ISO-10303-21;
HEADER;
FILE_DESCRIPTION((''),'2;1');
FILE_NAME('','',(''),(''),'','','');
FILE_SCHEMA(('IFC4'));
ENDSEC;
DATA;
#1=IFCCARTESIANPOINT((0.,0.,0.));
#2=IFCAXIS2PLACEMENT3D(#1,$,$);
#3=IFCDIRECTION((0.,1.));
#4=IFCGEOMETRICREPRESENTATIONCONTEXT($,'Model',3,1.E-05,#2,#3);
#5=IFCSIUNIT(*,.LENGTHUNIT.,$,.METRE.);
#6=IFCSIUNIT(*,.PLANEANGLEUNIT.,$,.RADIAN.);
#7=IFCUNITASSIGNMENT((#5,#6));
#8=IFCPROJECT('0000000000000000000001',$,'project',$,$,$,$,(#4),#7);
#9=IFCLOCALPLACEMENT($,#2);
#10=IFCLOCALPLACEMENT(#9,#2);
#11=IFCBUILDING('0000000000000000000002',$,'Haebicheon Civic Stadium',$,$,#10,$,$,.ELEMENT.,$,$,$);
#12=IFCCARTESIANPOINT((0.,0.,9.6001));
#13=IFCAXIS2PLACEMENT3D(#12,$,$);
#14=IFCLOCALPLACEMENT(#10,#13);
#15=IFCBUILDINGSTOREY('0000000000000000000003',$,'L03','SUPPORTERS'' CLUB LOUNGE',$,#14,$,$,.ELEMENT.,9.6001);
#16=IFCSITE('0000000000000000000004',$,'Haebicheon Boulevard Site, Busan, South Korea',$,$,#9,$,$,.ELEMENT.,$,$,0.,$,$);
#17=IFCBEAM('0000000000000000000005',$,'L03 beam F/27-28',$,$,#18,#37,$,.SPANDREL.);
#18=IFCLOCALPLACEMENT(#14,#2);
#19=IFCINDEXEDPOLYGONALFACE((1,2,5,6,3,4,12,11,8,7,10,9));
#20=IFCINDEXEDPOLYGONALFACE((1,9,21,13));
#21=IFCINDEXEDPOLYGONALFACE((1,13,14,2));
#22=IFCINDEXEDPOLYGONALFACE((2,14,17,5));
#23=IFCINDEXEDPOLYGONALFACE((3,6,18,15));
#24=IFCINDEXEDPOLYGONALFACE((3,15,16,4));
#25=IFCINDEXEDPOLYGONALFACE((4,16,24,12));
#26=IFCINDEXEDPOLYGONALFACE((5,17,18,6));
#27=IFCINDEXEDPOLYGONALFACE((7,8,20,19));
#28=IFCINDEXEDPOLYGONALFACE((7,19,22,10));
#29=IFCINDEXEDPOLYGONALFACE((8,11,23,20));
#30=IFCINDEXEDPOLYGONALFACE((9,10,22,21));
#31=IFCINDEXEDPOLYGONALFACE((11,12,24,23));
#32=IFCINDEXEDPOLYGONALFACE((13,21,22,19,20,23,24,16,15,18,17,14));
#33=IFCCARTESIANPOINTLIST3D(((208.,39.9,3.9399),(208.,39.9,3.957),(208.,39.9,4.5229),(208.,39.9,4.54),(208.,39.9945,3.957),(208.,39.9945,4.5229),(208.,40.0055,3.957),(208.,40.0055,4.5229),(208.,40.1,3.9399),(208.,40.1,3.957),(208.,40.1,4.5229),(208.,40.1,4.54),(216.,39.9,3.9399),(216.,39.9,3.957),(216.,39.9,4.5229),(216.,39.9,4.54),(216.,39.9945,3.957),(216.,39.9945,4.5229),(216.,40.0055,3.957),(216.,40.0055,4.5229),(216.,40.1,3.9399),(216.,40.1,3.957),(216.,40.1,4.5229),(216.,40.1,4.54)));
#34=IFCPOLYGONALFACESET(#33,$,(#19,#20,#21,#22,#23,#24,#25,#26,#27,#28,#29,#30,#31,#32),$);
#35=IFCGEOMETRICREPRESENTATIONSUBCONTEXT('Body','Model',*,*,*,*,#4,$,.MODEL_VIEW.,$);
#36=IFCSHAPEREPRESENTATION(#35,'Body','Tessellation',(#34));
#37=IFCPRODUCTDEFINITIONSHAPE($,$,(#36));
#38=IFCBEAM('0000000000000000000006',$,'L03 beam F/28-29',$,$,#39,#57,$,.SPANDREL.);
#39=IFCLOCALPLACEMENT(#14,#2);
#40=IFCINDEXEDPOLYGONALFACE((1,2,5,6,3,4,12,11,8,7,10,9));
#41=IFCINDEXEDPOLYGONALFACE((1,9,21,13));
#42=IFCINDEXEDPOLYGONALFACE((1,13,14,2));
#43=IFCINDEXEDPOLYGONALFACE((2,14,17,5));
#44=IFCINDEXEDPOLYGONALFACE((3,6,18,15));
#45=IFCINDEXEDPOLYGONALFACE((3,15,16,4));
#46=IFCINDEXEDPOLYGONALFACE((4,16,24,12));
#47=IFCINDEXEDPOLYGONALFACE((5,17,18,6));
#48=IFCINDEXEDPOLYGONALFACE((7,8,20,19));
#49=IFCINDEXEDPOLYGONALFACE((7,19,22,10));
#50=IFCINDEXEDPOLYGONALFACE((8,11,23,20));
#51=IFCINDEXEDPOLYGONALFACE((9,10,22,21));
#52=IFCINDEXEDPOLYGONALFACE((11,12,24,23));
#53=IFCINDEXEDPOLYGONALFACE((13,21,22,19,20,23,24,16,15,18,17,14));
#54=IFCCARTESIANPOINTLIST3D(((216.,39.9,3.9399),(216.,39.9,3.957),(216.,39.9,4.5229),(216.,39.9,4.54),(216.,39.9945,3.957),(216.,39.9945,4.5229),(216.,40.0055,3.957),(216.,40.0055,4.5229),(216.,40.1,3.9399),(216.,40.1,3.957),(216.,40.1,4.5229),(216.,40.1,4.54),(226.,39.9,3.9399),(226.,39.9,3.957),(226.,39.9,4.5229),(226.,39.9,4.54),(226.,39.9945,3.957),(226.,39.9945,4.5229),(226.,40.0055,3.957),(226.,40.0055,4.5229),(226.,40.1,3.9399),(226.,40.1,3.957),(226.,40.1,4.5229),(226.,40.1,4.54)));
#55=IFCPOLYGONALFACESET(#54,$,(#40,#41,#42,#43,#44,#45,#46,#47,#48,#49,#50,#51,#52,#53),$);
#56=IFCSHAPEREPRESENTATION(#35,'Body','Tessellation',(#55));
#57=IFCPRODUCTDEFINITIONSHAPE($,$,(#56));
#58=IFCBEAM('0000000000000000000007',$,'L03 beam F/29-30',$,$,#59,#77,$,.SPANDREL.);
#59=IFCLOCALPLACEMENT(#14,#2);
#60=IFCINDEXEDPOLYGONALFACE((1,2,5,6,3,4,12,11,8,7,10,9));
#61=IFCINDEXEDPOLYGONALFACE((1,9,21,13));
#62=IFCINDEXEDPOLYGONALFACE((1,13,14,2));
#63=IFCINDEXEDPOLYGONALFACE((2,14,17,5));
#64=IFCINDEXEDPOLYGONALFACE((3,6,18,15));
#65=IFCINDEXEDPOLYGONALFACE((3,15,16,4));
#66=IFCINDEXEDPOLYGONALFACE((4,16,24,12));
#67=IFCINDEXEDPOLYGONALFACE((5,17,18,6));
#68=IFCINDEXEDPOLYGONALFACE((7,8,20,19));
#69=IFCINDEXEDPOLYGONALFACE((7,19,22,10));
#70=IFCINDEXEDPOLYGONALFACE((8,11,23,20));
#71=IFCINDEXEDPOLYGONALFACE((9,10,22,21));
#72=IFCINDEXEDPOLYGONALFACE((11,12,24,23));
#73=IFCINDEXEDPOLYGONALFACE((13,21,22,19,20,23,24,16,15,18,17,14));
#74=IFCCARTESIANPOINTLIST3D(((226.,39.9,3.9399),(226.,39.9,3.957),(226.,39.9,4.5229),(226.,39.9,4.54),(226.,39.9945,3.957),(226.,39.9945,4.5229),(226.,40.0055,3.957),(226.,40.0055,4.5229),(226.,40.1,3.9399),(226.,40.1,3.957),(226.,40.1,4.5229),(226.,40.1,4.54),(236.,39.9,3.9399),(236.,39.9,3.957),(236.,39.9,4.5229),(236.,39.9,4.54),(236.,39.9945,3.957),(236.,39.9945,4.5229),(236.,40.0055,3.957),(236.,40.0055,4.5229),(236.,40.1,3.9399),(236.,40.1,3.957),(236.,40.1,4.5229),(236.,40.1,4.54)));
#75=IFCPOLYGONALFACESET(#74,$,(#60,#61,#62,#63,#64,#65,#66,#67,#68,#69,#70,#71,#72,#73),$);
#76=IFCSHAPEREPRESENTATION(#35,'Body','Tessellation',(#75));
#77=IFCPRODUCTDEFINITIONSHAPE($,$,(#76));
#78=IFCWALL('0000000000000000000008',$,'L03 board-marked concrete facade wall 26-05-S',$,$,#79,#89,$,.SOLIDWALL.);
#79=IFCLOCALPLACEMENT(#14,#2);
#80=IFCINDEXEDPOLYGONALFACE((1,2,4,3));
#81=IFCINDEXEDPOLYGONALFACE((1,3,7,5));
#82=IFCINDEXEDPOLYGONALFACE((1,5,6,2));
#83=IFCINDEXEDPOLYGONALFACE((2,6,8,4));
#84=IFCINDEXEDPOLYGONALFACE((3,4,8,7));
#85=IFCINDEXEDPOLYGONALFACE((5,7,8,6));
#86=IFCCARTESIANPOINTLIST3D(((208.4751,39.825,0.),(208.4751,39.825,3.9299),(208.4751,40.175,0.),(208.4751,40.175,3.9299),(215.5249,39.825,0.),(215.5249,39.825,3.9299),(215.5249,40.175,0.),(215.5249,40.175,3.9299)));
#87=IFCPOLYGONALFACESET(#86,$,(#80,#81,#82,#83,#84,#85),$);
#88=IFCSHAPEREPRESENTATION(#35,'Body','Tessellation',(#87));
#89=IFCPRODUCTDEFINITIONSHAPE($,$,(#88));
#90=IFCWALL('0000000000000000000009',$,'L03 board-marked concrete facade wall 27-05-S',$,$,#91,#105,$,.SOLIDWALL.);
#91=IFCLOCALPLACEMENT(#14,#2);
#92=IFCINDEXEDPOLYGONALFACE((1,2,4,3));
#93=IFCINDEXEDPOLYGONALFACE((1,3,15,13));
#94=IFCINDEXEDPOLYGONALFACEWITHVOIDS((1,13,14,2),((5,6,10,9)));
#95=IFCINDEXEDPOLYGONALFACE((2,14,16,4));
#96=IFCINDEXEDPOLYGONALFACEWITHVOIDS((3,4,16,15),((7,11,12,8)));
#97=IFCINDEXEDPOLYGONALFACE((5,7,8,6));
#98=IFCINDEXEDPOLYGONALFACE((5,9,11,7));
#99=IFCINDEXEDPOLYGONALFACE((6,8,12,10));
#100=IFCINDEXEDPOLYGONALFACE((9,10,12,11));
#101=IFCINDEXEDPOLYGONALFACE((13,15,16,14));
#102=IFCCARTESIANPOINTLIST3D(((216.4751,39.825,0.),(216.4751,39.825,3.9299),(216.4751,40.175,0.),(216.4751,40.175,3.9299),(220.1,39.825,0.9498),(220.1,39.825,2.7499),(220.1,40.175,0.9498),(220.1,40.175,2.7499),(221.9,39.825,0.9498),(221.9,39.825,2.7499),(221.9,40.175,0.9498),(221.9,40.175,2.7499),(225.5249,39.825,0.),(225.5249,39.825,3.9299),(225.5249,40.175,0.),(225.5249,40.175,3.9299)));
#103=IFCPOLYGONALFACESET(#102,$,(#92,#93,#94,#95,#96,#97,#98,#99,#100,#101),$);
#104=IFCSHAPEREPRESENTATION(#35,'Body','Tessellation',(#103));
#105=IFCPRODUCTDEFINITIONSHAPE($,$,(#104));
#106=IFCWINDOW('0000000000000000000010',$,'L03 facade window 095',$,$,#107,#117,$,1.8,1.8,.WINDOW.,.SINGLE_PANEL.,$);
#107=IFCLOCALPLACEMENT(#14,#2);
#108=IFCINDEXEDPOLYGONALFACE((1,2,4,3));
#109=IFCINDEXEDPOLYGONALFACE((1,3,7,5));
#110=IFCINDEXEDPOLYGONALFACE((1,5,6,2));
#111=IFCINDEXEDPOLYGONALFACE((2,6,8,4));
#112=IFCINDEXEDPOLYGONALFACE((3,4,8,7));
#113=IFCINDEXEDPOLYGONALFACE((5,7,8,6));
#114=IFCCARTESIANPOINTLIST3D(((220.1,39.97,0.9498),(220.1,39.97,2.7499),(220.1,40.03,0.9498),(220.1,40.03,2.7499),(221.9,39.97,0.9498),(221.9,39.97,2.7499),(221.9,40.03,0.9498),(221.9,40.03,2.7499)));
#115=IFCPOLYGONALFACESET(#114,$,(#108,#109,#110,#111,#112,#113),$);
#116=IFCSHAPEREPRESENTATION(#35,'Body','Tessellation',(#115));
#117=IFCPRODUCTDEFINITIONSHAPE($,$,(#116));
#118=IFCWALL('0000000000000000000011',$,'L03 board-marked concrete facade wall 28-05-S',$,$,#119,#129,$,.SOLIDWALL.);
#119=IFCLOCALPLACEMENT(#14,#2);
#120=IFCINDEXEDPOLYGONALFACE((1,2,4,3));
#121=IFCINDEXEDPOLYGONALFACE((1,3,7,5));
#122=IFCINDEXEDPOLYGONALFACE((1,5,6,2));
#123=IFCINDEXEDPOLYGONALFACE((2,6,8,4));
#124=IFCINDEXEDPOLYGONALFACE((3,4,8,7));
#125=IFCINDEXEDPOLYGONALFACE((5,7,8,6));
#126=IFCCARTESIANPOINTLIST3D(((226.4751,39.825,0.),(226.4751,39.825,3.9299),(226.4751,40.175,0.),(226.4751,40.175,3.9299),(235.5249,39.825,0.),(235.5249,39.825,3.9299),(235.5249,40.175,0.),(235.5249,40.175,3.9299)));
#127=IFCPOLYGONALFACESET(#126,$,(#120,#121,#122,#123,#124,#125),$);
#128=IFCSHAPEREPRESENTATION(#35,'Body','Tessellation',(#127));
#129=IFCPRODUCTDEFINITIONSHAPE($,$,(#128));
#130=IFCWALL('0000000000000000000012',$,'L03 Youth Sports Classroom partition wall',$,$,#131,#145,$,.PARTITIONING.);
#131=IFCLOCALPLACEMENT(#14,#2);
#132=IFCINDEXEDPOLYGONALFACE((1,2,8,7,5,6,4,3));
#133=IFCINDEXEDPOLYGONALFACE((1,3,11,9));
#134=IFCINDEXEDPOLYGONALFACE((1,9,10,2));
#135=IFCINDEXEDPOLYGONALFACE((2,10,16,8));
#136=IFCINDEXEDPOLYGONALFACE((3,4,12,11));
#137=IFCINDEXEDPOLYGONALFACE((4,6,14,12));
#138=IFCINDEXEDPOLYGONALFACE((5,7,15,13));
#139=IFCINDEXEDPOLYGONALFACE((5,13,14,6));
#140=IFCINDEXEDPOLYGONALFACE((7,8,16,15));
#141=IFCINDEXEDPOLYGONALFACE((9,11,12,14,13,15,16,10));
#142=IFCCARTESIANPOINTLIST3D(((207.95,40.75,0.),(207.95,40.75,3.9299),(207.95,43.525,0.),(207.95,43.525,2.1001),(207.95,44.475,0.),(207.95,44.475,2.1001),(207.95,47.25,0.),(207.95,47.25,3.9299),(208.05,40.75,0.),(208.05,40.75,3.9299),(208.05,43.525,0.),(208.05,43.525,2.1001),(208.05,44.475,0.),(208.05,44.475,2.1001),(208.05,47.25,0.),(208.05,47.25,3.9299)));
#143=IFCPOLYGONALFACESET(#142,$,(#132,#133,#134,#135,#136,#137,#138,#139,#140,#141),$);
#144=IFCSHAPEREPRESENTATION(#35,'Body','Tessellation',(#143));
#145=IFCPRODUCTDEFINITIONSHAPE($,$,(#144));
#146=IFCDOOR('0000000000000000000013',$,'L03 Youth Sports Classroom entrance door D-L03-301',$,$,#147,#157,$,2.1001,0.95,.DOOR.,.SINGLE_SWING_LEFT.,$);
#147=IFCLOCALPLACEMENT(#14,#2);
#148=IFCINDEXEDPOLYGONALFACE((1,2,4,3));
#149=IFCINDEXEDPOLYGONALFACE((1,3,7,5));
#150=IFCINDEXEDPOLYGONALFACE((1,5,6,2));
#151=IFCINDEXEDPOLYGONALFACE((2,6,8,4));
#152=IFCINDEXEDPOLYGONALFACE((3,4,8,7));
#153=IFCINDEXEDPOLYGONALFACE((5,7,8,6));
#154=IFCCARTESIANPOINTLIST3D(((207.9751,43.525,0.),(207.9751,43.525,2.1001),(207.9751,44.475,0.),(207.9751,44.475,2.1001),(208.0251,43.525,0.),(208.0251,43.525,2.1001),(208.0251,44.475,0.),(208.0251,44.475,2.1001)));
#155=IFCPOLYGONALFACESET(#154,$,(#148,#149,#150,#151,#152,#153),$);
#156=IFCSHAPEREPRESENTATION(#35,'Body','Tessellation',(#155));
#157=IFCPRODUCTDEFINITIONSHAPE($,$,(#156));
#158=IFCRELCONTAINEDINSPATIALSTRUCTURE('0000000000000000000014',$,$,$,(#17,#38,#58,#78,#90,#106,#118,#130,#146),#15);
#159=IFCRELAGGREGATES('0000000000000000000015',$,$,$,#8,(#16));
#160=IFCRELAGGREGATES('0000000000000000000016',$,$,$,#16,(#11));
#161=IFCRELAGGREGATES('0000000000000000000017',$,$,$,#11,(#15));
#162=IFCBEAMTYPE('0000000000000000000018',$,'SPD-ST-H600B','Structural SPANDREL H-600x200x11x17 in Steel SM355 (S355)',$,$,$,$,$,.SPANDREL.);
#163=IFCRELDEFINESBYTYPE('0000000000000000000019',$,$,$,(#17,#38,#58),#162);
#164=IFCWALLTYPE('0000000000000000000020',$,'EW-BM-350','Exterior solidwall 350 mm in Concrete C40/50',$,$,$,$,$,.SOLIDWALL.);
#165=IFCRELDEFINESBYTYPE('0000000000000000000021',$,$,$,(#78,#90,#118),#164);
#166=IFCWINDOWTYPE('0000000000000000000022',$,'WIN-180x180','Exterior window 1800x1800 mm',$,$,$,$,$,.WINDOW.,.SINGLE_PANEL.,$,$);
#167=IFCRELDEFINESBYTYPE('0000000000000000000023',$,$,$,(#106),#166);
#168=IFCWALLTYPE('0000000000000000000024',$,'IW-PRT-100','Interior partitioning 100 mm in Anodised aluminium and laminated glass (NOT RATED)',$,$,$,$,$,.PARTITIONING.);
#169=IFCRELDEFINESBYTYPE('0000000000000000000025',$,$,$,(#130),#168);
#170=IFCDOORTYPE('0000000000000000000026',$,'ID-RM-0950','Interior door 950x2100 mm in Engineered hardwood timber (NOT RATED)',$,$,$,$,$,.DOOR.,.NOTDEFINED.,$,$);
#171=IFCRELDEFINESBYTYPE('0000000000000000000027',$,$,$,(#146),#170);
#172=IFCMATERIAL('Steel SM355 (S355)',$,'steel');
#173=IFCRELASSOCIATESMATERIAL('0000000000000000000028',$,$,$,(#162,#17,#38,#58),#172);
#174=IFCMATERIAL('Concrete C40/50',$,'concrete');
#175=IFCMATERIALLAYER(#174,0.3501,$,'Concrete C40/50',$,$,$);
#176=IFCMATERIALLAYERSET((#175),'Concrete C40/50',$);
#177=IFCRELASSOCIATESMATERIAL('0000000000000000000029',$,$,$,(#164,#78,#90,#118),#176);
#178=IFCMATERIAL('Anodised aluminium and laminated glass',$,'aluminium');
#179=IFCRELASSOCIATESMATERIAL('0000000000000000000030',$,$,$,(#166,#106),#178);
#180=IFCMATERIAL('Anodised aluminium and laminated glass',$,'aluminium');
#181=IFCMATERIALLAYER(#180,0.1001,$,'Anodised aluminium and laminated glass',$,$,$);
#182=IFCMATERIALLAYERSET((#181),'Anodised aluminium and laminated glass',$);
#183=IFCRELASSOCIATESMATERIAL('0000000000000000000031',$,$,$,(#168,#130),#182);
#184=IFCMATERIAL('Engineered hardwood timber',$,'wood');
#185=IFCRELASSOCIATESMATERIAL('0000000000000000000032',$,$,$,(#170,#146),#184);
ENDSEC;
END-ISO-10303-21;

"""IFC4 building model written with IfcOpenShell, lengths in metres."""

from ifc_helpers import new_model, si_unit, direction, frame, frame_2d, origin, origin_2d, place, context, subcontext, project, spatial, rectangle, i_section, extrude, material, layer, layer_set, material_profile, profile_set, type_object, element, fill, save


model = new_model("IFC4")

# Units and contexts
model_context = context("Model", 3, precision=1e-05, world=origin(), true_north=direction((0.0, 1.0)))
body_context = subcontext(model_context, "Body", "Model", "MODEL_VIEW")
ifc_project = project(units=[si_unit("LENGTHUNIT", "METRE"), si_unit("PLANEANGLEUNIT", "RADIAN")], contexts=[model_context])

# Site, building, storey
site_placement = place(None, origin())
site = spatial("IfcSite", under=ifc_project, at=site_placement, Name="Haebicheon Boulevard Site, Busan, South Korea", CompositionType="ELEMENT", RefElevation=0.0)
building_placement = place(site_placement, origin())
building = spatial("IfcBuilding", under=site, at=building_placement, Name="Haebicheon Civic Stadium", CompositionType="ELEMENT")
storey_placement = place(building_placement, frame((0.0, 0.0, 9.6001)))
storey = spatial("IfcBuildingStorey", under=building, at=storey_placement, Name="L03", Description="SUPPORTERS' CLUB LOUNGE", CompositionType="ELEMENT", Elevation=9.6001)

# Beams
ifc_material_1 = material(Name="Steel SM355 (S355)", Category="steel")
ifc_material_profile_1 = material_profile(ifc_material_1, i_section(OverallWidth=0.2, OverallDepth=0.6001, WebThickness=0.011, FlangeThickness=0.0171, at=origin_2d()), Name="H-600x200x11x17")
ifc_profile_set_1 = profile_set([ifc_material_profile_1], Name="Steel SM355 (S355)")
beam_type_1 = type_object("IfcBeamType", Name="SPD-ST-H600B", Description="Structural SPANDREL H-600x200x11x17 in Steel SM355 (S355)", PredefinedType="SPANDREL", material=ifc_profile_set_1)
for number, where, z_axis, x_axis, name in (
    (1, (208.0, 40.0, 4.24), (1.0, 0.0, 0.0), (0.0, 1.0, 0.0), "L03 beam F/27-28"),
):
    element("IfcBeam", number, at=place(storey_placement, frame(where, z_axis=z_axis, x_axis=x_axis)), inside=storey, type_object=beam_type_1, material=ifc_profile_set_1, Name=name, PredefinedType="SPANDREL", context=body_context, shape_type="SweptSolid", body=[
        extrude(i_section(OverallWidth=0.2, OverallDepth=0.6001, WebThickness=0.011, FlangeThickness=0.0171, at=origin_2d()), origin(), (0.0, 0.0, 1.0), 8.0),
    ])
for number, where, z_axis, x_axis, name in (
    (2, (216.0, 40.0, 4.24), (1.0, 0.0, 0.0), (0.0, 1.0, 0.0), "L03 beam F/28-29"),
    (3, (226.0, 40.0, 4.24), (1.0, 0.0, 0.0), (0.0, 1.0, 0.0), "L03 beam F/29-30"),
):
    element("IfcBeam", number, at=place(storey_placement, frame(where, z_axis=z_axis, x_axis=x_axis)), inside=storey, type_object=beam_type_1, material=ifc_profile_set_1, Name=name, PredefinedType="SPANDREL", context=body_context, shape_type="SweptSolid", body=[
        extrude(i_section(OverallWidth=0.2, OverallDepth=0.6001, WebThickness=0.011, FlangeThickness=0.0171, at=origin_2d()), origin(), (0.0, 0.0, 1.0), 10.0),
    ])

# Wall
ifc_material_2 = material(Name="Concrete C40/50", Category="concrete")
ifc_layer_1 = layer(ifc_material_2, 0.3501, Name="Concrete C40/50")
ifc_layer_set_1 = layer_set([ifc_layer_1], Name="Concrete C40/50")
wall_type_1 = type_object("IfcWallType", Name="EW-BM-350", Description="Exterior solidwall 350 mm in Concrete C40/50", PredefinedType="SOLIDWALL", material=ifc_layer_set_1)
wall_1_placement = place(storey_placement, frame((208.4751, 40.0, 0.0), z_axis=(0.0, 0.0, 1.0), x_axis=(1.0, 0.0, 0.0)))
element("IfcWall", 4, at=wall_1_placement, inside=storey, type_object=wall_type_1, material=ifc_layer_set_1, Name="L03 board-marked concrete facade wall 26-05-S", PredefinedType="SOLIDWALL", context=body_context, shape_type="SweptSolid", body=[
    extrude(rectangle(XDim=7.0498, YDim=0.3501, at=frame_2d((3.5249, 0.0))), origin(), (0.0, 0.0, 1.0), 3.9299),
])

# Wall, opening, window
wall_2_placement = place(storey_placement, frame((216.4751, 40.0, 0.0), z_axis=(0.0, 0.0, 1.0), x_axis=(1.0, 0.0, 0.0)))
wall_2 = element("IfcWall", 5, at=wall_2_placement, inside=storey, type_object=wall_type_1, material=ifc_layer_set_1, Name="L03 board-marked concrete facade wall 27-05-S", PredefinedType="SOLIDWALL", context=body_context, shape_type="SweptSolid", body=[
    extrude(rectangle(XDim=9.0498, YDim=0.3501, at=frame_2d((4.5249, 0.0))), origin(), (0.0, 0.0, 1.0), 3.9299),
])
opening_1_placement = place(wall_2_placement, frame((3.625, 0.0, 0.95)))
opening_1 = element("IfcOpeningElement", 6, at=opening_1_placement, cuts=wall_2, PredefinedType="OPENING", context=body_context, shape_type="SweptSolid", body=[
    extrude(rectangle(XDim=1.8, YDim=1.8, at=frame_2d((0.8999, 0.8999))), frame((0.0, 0.1851, 0.0), z_axis=(0.0, -1.0, 0.0), x_axis=(1.0, 0.0, 0.0)), (0.0, 0.0, 1.0), 0.3701),
])
ifc_material_3 = material(Name="Anodised aluminium and laminated glass", Category="aluminium")
window_type = type_object("IfcWindowType", Name="WIN-180x180", Description="Exterior window 1800x1800 mm", PartitioningType="SINGLE_PANEL", PredefinedType="WINDOW", material=ifc_material_3)
window_placement = place(opening_1_placement, origin())
window = element("IfcWindow", 7, at=window_placement, inside=storey, type_object=window_type, material=ifc_material_3, Name="L03 facade window 095", OverallHeight=1.8, OverallWidth=1.8, PartitioningType="SINGLE_PANEL", PredefinedType="WINDOW", context=body_context, shape_type="SweptSolid", body=[
    extrude(rectangle(XDim=1.8, YDim=1.8, at=frame_2d((0.8999, 0.8999))), frame((0.0, 0.03, 0.0), z_axis=(0.0, -1.0, 0.0), x_axis=(1.0, 0.0, 0.0)), (0.0, 0.0, 1.0), 0.0601),
])
fill(opening_1, window)

# Wall
wall_3_placement = place(storey_placement, frame((226.4751, 40.0, 0.0), z_axis=(0.0, 0.0, 1.0), x_axis=(1.0, 0.0, 0.0)))
element("IfcWall", 8, at=wall_3_placement, inside=storey, type_object=wall_type_1, material=ifc_layer_set_1, Name="L03 board-marked concrete facade wall 28-05-S", PredefinedType="SOLIDWALL", context=body_context, shape_type="SweptSolid", body=[
    extrude(rectangle(XDim=9.0498, YDim=0.3501, at=frame_2d((4.5249, 0.0))), origin(), (0.0, 0.0, 1.0), 3.9299),
])

# Wall, opening, door
ifc_material_4 = material(Name="Anodised aluminium and laminated glass", Category="aluminium")
ifc_layer_2 = layer(ifc_material_4, 0.1001, Name="Anodised aluminium and laminated glass")
ifc_layer_set_2 = layer_set([ifc_layer_2], Name="Anodised aluminium and laminated glass")
wall_type_2 = type_object("IfcWallType", Name="IW-PRT-100", Description="Interior partitioning 100 mm in Anodised aluminium and laminated glass (NOT RATED)", PredefinedType="PARTITIONING", material=ifc_layer_set_2)
wall_4_placement = place(storey_placement, frame((208.0, 40.75, 0.0), z_axis=(0.0, 0.0, 1.0), x_axis=(0.0, 1.0, 0.0)))
wall_4 = element("IfcWall", 9, at=wall_4_placement, inside=storey, type_object=wall_type_2, material=ifc_layer_set_2, Name="L03 Youth Sports Classroom partition wall", PredefinedType="PARTITIONING", context=body_context, shape_type="SweptSolid", body=[
    extrude(rectangle(XDim=6.5, YDim=0.1001, at=frame_2d((3.25, 0.0))), origin(), (0.0, 0.0, 1.0), 3.9299),
])
opening_2_placement = place(wall_4_placement, frame((2.7749, 0.0, 0.0)))
opening_2 = element("IfcOpeningElement", 10, at=opening_2_placement, cuts=wall_4, PredefinedType="OPENING", context=body_context, shape_type="SweptSolid", body=[
    extrude(rectangle(XDim=0.95, YDim=2.1001, at=frame_2d((0.4751, 1.05))), frame((0.0, 0.0601, 0.0), z_axis=(0.0, -1.0, 0.0), x_axis=(1.0, 0.0, 0.0)), (0.0, 0.0, 1.0), 0.1201),
])
ifc_material_5 = material(Name="Engineered hardwood timber", Category="wood")
door_type_1 = type_object("IfcDoorType", Name="ID-RM-0950", Description="Interior door 950x2100 mm in Engineered hardwood timber (NOT RATED)", OperationType="NOTDEFINED", PredefinedType="DOOR", material=ifc_material_5)
door_1_placement = place(opening_2_placement, origin())
door_1 = element("IfcDoor", 11, at=door_1_placement, inside=storey, type_object=door_type_1, material=ifc_material_5, Name="L03 Youth Sports Classroom entrance door D-L03-301", OperationType="SINGLE_SWING_LEFT", OverallHeight=2.1001, OverallWidth=0.95, PredefinedType="DOOR", context=body_context, shape_type="SweptSolid", body=[
    extrude(rectangle(XDim=0.95, YDim=2.1001, at=frame_2d((0.4751, 1.05))), frame((0.0, 0.0249, 0.0), z_axis=(0.0, -1.0, 0.0), x_axis=(1.0, 0.0, 0.0)), (0.0, 0.0, 1.0), 0.05),
])
fill(opening_2, door_1)

save(model, "model.ifc")
